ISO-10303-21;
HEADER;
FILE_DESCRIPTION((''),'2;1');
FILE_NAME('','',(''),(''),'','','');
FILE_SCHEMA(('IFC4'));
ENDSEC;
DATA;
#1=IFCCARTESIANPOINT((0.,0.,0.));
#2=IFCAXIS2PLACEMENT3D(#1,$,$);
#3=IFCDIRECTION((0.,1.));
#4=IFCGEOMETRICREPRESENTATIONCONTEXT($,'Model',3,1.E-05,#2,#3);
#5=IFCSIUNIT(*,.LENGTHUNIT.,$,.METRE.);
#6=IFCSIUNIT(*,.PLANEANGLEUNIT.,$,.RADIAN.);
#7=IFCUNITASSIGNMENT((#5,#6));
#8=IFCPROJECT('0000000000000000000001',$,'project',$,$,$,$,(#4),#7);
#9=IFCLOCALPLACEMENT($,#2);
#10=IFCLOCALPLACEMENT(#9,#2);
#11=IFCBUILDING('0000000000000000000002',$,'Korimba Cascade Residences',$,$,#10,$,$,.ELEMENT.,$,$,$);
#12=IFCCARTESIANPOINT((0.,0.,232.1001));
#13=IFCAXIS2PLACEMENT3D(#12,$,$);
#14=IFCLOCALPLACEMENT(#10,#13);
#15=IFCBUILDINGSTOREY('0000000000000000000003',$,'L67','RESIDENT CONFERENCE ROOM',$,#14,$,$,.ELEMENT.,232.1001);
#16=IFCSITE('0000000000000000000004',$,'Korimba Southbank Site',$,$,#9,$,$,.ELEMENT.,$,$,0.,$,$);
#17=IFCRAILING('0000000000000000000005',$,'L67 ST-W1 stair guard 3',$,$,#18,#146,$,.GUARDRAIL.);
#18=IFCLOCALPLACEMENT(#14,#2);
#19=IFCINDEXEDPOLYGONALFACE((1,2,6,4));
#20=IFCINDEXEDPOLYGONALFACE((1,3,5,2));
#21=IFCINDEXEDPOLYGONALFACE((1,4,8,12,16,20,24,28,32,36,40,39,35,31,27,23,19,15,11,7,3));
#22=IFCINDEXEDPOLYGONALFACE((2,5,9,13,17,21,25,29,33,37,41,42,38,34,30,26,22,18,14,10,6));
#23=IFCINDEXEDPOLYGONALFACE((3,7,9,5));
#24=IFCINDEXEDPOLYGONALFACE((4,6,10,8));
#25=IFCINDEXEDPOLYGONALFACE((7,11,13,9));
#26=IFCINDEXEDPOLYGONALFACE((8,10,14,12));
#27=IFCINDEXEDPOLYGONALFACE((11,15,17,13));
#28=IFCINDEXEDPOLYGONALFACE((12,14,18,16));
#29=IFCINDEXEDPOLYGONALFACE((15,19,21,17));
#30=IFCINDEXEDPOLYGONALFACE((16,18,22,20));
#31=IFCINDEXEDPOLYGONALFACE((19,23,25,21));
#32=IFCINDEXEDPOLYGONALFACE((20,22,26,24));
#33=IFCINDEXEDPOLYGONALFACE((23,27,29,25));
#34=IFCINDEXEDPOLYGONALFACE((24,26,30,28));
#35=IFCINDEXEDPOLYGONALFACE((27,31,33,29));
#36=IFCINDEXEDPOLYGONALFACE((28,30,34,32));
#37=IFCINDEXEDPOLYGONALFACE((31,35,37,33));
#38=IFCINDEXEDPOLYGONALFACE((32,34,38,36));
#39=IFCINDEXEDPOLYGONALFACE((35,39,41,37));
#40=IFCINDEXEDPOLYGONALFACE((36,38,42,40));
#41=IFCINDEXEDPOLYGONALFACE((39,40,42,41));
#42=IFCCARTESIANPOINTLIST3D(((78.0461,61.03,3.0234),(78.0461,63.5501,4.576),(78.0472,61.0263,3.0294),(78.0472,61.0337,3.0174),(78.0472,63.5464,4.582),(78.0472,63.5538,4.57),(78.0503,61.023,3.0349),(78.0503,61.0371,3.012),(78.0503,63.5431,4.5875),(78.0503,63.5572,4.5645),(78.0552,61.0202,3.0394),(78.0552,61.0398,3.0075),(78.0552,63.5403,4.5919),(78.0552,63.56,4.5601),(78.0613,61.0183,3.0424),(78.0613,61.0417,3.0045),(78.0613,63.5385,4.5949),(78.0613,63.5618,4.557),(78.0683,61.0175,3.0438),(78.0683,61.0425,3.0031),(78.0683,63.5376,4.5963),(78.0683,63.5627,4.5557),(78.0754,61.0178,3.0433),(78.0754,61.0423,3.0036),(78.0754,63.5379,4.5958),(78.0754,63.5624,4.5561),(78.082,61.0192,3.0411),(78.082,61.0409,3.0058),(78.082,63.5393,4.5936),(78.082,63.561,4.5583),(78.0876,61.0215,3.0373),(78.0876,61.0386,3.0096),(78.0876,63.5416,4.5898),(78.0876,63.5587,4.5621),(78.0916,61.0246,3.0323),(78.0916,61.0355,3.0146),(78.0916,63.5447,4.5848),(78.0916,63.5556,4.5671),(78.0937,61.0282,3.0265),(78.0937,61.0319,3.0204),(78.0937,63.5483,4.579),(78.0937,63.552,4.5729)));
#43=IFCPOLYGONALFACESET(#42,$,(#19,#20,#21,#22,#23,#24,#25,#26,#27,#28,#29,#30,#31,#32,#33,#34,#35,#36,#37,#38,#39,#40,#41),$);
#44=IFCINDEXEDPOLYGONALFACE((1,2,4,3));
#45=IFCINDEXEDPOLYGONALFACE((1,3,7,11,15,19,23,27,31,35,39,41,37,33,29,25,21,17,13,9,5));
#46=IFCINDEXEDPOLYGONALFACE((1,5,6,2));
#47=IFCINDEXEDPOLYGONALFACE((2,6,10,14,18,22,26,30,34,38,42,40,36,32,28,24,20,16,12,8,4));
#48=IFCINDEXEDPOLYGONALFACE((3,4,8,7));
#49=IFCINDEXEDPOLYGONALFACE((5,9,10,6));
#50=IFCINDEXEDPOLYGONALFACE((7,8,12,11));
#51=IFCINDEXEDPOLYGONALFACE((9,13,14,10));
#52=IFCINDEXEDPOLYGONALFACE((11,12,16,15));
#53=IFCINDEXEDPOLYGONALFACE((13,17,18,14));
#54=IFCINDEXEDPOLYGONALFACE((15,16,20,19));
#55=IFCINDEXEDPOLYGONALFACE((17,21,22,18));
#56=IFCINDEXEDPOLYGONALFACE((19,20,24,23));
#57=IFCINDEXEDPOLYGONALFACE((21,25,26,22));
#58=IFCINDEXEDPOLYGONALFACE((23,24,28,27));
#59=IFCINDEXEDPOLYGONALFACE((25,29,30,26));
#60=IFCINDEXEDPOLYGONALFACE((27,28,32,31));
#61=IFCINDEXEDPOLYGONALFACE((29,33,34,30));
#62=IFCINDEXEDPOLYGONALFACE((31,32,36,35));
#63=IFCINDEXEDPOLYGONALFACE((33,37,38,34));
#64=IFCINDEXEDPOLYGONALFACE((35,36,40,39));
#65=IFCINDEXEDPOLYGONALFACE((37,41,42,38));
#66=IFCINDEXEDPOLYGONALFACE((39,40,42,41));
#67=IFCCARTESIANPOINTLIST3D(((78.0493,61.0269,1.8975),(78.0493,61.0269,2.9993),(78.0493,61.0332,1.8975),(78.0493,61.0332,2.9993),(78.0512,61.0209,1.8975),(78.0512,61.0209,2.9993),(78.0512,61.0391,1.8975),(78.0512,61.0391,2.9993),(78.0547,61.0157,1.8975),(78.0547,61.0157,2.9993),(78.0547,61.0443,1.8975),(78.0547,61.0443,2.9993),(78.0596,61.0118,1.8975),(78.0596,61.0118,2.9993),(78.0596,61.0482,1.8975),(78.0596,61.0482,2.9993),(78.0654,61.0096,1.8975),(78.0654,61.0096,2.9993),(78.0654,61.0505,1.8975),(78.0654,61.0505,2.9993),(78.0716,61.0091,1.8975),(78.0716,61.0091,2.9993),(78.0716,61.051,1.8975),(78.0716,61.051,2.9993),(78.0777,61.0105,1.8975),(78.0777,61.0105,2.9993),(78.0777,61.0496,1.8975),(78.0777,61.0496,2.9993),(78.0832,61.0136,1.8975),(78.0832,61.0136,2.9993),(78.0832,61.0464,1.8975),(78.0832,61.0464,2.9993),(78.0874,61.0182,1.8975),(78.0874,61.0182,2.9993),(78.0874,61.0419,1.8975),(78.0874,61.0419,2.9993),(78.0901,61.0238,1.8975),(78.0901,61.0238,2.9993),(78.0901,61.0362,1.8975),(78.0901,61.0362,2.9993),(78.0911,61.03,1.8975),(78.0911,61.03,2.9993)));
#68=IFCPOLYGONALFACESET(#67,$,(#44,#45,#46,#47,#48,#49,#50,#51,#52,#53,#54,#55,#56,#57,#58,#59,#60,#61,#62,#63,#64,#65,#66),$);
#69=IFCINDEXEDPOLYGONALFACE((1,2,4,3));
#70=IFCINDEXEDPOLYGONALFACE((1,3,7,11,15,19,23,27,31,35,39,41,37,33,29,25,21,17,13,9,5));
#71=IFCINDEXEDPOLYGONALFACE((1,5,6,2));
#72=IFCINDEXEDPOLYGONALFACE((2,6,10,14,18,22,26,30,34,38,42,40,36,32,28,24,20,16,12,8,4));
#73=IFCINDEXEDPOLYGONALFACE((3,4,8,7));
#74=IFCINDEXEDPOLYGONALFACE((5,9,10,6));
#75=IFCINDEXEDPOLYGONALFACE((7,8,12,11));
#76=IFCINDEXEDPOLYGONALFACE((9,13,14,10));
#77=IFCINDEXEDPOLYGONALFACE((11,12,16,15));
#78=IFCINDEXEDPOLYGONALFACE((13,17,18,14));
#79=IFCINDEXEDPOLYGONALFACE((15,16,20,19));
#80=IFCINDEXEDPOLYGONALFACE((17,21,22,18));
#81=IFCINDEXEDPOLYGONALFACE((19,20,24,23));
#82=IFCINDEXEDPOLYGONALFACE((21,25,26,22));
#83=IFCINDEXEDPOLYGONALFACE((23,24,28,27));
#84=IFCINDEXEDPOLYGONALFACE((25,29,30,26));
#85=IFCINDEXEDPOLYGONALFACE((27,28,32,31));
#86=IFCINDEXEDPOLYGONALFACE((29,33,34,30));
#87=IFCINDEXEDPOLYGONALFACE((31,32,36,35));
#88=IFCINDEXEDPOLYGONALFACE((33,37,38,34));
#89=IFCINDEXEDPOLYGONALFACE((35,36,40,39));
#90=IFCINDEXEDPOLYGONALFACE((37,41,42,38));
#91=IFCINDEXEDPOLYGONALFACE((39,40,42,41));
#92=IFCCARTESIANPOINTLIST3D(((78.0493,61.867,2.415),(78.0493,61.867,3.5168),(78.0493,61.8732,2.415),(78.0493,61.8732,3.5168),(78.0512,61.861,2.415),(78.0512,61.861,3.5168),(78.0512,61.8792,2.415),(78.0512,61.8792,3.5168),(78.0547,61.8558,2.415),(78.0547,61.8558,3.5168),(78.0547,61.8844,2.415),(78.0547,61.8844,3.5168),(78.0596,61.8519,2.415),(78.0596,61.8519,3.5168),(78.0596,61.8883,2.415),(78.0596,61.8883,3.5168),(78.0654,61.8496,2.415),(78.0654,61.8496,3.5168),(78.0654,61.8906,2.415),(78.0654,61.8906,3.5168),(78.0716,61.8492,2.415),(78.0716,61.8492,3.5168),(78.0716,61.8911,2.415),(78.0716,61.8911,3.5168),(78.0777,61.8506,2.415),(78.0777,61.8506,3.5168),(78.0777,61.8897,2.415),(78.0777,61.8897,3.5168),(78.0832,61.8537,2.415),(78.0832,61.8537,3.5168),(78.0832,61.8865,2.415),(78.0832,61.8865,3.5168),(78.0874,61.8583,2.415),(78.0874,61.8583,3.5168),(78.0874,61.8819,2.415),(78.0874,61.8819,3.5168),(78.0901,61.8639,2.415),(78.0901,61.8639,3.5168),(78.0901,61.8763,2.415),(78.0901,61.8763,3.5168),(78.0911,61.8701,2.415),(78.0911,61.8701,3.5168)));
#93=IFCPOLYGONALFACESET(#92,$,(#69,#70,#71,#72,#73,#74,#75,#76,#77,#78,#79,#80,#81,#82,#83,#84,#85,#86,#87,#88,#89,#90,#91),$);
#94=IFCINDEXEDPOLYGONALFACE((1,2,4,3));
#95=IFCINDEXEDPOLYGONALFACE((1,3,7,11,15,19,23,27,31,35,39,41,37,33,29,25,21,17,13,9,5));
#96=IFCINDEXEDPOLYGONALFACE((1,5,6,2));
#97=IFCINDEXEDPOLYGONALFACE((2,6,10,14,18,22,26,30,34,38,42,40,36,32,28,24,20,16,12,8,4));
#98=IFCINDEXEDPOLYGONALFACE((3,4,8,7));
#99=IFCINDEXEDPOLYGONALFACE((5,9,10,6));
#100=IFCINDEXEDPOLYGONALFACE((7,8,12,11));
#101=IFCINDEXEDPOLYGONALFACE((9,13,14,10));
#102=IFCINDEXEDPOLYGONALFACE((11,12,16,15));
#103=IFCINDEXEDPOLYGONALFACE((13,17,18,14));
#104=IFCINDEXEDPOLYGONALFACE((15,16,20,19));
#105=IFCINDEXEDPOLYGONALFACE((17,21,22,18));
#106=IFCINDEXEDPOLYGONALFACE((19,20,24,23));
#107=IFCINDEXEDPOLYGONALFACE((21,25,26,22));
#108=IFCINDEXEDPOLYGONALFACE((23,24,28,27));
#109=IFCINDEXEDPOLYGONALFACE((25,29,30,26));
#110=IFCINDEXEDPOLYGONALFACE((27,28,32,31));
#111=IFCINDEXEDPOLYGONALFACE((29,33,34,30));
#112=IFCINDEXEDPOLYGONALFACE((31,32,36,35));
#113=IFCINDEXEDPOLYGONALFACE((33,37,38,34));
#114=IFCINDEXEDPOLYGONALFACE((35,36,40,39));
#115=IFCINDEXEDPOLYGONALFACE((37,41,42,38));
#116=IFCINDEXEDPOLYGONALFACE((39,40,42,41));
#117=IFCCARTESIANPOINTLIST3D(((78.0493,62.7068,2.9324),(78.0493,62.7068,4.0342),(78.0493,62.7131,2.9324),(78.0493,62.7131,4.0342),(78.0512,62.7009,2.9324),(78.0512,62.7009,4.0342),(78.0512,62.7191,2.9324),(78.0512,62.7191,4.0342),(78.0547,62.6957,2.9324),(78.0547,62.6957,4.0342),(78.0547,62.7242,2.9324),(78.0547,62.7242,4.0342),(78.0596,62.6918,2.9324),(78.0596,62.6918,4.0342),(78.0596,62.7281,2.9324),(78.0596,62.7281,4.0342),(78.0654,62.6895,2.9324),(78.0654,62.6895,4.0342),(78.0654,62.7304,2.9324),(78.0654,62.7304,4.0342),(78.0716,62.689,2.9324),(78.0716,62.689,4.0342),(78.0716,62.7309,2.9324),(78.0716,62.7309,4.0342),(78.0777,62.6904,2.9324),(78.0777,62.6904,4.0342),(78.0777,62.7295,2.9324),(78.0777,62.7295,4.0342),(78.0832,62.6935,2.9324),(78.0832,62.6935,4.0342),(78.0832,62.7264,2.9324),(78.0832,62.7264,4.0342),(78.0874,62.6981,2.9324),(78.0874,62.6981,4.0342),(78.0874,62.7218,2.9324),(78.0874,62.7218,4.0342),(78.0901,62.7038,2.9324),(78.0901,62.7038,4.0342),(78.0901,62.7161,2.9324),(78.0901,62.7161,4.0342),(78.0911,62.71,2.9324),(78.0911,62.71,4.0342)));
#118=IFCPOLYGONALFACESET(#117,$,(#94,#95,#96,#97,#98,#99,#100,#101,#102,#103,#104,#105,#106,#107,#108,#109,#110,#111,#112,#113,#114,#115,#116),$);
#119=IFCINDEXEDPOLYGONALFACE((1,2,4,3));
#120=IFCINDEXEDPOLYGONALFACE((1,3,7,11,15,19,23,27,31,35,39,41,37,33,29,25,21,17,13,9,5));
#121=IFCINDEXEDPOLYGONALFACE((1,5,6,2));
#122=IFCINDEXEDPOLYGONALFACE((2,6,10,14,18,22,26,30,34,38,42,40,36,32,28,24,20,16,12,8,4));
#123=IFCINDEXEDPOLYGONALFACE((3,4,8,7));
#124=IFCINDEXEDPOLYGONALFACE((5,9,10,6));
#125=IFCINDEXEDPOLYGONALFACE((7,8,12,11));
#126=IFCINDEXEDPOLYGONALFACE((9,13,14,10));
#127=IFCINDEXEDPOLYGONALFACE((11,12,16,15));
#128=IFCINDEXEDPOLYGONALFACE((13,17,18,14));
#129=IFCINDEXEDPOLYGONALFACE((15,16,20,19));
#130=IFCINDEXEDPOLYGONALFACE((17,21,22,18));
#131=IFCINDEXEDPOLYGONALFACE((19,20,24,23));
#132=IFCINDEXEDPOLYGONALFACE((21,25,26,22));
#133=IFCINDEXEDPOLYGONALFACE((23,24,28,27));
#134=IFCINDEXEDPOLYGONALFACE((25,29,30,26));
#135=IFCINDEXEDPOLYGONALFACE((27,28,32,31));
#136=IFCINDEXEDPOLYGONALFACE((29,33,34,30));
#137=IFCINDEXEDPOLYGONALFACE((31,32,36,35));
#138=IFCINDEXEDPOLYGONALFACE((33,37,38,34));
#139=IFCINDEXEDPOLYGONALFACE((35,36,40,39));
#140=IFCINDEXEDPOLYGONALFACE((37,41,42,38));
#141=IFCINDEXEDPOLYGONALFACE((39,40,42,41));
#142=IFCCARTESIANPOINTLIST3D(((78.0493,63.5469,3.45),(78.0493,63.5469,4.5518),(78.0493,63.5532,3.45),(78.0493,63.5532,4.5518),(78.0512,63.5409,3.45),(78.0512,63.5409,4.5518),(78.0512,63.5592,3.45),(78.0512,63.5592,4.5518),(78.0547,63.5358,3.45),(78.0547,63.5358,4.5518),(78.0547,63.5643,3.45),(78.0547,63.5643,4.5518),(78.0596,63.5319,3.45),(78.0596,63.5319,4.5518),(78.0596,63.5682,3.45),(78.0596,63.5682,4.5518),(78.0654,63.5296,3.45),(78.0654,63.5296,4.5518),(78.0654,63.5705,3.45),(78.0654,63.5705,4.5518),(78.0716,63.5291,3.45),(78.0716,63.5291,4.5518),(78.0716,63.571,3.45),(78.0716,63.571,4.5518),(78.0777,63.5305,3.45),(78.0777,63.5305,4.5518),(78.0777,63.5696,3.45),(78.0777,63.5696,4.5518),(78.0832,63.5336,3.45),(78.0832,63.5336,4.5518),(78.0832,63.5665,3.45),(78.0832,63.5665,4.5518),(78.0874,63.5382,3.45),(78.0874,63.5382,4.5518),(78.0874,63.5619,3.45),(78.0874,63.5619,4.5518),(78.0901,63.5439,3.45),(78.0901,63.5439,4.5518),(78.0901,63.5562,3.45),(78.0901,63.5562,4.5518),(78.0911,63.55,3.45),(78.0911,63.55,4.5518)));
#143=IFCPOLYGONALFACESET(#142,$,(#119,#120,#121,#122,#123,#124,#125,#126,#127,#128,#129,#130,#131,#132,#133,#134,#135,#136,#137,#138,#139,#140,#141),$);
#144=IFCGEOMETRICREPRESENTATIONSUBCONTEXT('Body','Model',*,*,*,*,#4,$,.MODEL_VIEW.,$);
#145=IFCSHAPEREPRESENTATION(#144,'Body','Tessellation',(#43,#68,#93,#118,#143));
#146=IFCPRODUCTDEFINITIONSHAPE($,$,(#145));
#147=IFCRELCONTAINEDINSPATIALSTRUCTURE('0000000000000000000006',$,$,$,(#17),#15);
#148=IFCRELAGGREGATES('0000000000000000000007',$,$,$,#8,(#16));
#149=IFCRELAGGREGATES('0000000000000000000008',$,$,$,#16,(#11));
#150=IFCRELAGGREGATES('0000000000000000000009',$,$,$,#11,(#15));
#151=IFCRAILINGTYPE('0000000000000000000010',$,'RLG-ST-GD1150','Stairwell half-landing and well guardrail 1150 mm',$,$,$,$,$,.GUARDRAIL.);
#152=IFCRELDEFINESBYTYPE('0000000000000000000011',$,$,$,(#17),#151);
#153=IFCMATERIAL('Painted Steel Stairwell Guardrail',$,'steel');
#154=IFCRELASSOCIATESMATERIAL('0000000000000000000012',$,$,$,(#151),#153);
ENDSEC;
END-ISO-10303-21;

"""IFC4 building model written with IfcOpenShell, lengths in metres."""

from ifc_helpers import new_model, si_unit, direction, frame, origin, origin_2d, place, context, subcontext, project, spatial, circle, extrude, material, type_object, element, save


model = new_model("IFC4")

# Units and contexts
model_context = context("Model", 3, precision=1e-05, world=origin(), true_north=direction((0.0, 1.0)))
body_context = subcontext(model_context, "Body", "Model", "MODEL_VIEW")
ifc_project = project(units=[si_unit("LENGTHUNIT", "METRE"), si_unit("PLANEANGLEUNIT", "RADIAN")], contexts=[model_context])

# Site, building, storey
site_placement = place(None, origin())
site = spatial("IfcSite", under=ifc_project, at=site_placement, Name="Korimba Southbank Site", CompositionType="ELEMENT", RefElevation=0.0)
building_placement = place(site_placement, origin())
building = spatial("IfcBuilding", under=site, at=building_placement, Name="Korimba Cascade Residences", CompositionType="ELEMENT")
storey_placement = place(building_placement, frame((0.0, 0.0, 232.1001)))
storey = spatial("IfcBuildingStorey", under=building, at=storey_placement, Name="L67", Description="RESIDENT CONFERENCE ROOM", CompositionType="ELEMENT", Elevation=232.1001)

# Railing
ifc_material_1 = material(Name="Painted Steel Stairwell Guardrail", Category="steel")
railing_type_1 = type_object("IfcRailingType", Name="RLG-ST-GD1150", Description="Stairwell half-landing and well guardrail 1150 mm", PredefinedType="GUARDRAIL", material=ifc_material_1)
railing_1_placement = place(storey_placement, frame((78.0701, 61.03, 1.8975)))
element("IfcRailing", 1, at=railing_1_placement, inside=storey, type_object=railing_type_1, Name="L67 ST-W1 stair guard 3", PredefinedType="GUARDRAIL", context=body_context, shape_type="SweptSolid", body=[
    extrude(circle(Radius=0.0239, at=origin_2d()), frame((0.0, 0.0, 1.126), z_axis=(0.0, 0.8514, 0.524516), x_axis=(-1.0, 0.0, 0.0)), (0.0, 0.0, 1.0), 2.96),
    extrude(circle(Radius=0.021, at=origin_2d()), origin(), (0.0, 0.0, 1.0), 1.1018),
    extrude(circle(Radius=0.021, at=origin_2d()), frame((0.0, 0.8401, 0.5176)), (0.0, 0.0, 1.0), 1.1018),
    extrude(circle(Radius=0.021, at=origin_2d()), frame((0.0, 1.6799, 1.0349)), (0.0, 0.0, 1.0), 1.1018),
    extrude(circle(Radius=0.021, at=origin_2d()), frame((0.0, 2.52, 1.5525)), (0.0, 0.0, 1.0), 1.1018),
])

save(model, "model.ifc")
